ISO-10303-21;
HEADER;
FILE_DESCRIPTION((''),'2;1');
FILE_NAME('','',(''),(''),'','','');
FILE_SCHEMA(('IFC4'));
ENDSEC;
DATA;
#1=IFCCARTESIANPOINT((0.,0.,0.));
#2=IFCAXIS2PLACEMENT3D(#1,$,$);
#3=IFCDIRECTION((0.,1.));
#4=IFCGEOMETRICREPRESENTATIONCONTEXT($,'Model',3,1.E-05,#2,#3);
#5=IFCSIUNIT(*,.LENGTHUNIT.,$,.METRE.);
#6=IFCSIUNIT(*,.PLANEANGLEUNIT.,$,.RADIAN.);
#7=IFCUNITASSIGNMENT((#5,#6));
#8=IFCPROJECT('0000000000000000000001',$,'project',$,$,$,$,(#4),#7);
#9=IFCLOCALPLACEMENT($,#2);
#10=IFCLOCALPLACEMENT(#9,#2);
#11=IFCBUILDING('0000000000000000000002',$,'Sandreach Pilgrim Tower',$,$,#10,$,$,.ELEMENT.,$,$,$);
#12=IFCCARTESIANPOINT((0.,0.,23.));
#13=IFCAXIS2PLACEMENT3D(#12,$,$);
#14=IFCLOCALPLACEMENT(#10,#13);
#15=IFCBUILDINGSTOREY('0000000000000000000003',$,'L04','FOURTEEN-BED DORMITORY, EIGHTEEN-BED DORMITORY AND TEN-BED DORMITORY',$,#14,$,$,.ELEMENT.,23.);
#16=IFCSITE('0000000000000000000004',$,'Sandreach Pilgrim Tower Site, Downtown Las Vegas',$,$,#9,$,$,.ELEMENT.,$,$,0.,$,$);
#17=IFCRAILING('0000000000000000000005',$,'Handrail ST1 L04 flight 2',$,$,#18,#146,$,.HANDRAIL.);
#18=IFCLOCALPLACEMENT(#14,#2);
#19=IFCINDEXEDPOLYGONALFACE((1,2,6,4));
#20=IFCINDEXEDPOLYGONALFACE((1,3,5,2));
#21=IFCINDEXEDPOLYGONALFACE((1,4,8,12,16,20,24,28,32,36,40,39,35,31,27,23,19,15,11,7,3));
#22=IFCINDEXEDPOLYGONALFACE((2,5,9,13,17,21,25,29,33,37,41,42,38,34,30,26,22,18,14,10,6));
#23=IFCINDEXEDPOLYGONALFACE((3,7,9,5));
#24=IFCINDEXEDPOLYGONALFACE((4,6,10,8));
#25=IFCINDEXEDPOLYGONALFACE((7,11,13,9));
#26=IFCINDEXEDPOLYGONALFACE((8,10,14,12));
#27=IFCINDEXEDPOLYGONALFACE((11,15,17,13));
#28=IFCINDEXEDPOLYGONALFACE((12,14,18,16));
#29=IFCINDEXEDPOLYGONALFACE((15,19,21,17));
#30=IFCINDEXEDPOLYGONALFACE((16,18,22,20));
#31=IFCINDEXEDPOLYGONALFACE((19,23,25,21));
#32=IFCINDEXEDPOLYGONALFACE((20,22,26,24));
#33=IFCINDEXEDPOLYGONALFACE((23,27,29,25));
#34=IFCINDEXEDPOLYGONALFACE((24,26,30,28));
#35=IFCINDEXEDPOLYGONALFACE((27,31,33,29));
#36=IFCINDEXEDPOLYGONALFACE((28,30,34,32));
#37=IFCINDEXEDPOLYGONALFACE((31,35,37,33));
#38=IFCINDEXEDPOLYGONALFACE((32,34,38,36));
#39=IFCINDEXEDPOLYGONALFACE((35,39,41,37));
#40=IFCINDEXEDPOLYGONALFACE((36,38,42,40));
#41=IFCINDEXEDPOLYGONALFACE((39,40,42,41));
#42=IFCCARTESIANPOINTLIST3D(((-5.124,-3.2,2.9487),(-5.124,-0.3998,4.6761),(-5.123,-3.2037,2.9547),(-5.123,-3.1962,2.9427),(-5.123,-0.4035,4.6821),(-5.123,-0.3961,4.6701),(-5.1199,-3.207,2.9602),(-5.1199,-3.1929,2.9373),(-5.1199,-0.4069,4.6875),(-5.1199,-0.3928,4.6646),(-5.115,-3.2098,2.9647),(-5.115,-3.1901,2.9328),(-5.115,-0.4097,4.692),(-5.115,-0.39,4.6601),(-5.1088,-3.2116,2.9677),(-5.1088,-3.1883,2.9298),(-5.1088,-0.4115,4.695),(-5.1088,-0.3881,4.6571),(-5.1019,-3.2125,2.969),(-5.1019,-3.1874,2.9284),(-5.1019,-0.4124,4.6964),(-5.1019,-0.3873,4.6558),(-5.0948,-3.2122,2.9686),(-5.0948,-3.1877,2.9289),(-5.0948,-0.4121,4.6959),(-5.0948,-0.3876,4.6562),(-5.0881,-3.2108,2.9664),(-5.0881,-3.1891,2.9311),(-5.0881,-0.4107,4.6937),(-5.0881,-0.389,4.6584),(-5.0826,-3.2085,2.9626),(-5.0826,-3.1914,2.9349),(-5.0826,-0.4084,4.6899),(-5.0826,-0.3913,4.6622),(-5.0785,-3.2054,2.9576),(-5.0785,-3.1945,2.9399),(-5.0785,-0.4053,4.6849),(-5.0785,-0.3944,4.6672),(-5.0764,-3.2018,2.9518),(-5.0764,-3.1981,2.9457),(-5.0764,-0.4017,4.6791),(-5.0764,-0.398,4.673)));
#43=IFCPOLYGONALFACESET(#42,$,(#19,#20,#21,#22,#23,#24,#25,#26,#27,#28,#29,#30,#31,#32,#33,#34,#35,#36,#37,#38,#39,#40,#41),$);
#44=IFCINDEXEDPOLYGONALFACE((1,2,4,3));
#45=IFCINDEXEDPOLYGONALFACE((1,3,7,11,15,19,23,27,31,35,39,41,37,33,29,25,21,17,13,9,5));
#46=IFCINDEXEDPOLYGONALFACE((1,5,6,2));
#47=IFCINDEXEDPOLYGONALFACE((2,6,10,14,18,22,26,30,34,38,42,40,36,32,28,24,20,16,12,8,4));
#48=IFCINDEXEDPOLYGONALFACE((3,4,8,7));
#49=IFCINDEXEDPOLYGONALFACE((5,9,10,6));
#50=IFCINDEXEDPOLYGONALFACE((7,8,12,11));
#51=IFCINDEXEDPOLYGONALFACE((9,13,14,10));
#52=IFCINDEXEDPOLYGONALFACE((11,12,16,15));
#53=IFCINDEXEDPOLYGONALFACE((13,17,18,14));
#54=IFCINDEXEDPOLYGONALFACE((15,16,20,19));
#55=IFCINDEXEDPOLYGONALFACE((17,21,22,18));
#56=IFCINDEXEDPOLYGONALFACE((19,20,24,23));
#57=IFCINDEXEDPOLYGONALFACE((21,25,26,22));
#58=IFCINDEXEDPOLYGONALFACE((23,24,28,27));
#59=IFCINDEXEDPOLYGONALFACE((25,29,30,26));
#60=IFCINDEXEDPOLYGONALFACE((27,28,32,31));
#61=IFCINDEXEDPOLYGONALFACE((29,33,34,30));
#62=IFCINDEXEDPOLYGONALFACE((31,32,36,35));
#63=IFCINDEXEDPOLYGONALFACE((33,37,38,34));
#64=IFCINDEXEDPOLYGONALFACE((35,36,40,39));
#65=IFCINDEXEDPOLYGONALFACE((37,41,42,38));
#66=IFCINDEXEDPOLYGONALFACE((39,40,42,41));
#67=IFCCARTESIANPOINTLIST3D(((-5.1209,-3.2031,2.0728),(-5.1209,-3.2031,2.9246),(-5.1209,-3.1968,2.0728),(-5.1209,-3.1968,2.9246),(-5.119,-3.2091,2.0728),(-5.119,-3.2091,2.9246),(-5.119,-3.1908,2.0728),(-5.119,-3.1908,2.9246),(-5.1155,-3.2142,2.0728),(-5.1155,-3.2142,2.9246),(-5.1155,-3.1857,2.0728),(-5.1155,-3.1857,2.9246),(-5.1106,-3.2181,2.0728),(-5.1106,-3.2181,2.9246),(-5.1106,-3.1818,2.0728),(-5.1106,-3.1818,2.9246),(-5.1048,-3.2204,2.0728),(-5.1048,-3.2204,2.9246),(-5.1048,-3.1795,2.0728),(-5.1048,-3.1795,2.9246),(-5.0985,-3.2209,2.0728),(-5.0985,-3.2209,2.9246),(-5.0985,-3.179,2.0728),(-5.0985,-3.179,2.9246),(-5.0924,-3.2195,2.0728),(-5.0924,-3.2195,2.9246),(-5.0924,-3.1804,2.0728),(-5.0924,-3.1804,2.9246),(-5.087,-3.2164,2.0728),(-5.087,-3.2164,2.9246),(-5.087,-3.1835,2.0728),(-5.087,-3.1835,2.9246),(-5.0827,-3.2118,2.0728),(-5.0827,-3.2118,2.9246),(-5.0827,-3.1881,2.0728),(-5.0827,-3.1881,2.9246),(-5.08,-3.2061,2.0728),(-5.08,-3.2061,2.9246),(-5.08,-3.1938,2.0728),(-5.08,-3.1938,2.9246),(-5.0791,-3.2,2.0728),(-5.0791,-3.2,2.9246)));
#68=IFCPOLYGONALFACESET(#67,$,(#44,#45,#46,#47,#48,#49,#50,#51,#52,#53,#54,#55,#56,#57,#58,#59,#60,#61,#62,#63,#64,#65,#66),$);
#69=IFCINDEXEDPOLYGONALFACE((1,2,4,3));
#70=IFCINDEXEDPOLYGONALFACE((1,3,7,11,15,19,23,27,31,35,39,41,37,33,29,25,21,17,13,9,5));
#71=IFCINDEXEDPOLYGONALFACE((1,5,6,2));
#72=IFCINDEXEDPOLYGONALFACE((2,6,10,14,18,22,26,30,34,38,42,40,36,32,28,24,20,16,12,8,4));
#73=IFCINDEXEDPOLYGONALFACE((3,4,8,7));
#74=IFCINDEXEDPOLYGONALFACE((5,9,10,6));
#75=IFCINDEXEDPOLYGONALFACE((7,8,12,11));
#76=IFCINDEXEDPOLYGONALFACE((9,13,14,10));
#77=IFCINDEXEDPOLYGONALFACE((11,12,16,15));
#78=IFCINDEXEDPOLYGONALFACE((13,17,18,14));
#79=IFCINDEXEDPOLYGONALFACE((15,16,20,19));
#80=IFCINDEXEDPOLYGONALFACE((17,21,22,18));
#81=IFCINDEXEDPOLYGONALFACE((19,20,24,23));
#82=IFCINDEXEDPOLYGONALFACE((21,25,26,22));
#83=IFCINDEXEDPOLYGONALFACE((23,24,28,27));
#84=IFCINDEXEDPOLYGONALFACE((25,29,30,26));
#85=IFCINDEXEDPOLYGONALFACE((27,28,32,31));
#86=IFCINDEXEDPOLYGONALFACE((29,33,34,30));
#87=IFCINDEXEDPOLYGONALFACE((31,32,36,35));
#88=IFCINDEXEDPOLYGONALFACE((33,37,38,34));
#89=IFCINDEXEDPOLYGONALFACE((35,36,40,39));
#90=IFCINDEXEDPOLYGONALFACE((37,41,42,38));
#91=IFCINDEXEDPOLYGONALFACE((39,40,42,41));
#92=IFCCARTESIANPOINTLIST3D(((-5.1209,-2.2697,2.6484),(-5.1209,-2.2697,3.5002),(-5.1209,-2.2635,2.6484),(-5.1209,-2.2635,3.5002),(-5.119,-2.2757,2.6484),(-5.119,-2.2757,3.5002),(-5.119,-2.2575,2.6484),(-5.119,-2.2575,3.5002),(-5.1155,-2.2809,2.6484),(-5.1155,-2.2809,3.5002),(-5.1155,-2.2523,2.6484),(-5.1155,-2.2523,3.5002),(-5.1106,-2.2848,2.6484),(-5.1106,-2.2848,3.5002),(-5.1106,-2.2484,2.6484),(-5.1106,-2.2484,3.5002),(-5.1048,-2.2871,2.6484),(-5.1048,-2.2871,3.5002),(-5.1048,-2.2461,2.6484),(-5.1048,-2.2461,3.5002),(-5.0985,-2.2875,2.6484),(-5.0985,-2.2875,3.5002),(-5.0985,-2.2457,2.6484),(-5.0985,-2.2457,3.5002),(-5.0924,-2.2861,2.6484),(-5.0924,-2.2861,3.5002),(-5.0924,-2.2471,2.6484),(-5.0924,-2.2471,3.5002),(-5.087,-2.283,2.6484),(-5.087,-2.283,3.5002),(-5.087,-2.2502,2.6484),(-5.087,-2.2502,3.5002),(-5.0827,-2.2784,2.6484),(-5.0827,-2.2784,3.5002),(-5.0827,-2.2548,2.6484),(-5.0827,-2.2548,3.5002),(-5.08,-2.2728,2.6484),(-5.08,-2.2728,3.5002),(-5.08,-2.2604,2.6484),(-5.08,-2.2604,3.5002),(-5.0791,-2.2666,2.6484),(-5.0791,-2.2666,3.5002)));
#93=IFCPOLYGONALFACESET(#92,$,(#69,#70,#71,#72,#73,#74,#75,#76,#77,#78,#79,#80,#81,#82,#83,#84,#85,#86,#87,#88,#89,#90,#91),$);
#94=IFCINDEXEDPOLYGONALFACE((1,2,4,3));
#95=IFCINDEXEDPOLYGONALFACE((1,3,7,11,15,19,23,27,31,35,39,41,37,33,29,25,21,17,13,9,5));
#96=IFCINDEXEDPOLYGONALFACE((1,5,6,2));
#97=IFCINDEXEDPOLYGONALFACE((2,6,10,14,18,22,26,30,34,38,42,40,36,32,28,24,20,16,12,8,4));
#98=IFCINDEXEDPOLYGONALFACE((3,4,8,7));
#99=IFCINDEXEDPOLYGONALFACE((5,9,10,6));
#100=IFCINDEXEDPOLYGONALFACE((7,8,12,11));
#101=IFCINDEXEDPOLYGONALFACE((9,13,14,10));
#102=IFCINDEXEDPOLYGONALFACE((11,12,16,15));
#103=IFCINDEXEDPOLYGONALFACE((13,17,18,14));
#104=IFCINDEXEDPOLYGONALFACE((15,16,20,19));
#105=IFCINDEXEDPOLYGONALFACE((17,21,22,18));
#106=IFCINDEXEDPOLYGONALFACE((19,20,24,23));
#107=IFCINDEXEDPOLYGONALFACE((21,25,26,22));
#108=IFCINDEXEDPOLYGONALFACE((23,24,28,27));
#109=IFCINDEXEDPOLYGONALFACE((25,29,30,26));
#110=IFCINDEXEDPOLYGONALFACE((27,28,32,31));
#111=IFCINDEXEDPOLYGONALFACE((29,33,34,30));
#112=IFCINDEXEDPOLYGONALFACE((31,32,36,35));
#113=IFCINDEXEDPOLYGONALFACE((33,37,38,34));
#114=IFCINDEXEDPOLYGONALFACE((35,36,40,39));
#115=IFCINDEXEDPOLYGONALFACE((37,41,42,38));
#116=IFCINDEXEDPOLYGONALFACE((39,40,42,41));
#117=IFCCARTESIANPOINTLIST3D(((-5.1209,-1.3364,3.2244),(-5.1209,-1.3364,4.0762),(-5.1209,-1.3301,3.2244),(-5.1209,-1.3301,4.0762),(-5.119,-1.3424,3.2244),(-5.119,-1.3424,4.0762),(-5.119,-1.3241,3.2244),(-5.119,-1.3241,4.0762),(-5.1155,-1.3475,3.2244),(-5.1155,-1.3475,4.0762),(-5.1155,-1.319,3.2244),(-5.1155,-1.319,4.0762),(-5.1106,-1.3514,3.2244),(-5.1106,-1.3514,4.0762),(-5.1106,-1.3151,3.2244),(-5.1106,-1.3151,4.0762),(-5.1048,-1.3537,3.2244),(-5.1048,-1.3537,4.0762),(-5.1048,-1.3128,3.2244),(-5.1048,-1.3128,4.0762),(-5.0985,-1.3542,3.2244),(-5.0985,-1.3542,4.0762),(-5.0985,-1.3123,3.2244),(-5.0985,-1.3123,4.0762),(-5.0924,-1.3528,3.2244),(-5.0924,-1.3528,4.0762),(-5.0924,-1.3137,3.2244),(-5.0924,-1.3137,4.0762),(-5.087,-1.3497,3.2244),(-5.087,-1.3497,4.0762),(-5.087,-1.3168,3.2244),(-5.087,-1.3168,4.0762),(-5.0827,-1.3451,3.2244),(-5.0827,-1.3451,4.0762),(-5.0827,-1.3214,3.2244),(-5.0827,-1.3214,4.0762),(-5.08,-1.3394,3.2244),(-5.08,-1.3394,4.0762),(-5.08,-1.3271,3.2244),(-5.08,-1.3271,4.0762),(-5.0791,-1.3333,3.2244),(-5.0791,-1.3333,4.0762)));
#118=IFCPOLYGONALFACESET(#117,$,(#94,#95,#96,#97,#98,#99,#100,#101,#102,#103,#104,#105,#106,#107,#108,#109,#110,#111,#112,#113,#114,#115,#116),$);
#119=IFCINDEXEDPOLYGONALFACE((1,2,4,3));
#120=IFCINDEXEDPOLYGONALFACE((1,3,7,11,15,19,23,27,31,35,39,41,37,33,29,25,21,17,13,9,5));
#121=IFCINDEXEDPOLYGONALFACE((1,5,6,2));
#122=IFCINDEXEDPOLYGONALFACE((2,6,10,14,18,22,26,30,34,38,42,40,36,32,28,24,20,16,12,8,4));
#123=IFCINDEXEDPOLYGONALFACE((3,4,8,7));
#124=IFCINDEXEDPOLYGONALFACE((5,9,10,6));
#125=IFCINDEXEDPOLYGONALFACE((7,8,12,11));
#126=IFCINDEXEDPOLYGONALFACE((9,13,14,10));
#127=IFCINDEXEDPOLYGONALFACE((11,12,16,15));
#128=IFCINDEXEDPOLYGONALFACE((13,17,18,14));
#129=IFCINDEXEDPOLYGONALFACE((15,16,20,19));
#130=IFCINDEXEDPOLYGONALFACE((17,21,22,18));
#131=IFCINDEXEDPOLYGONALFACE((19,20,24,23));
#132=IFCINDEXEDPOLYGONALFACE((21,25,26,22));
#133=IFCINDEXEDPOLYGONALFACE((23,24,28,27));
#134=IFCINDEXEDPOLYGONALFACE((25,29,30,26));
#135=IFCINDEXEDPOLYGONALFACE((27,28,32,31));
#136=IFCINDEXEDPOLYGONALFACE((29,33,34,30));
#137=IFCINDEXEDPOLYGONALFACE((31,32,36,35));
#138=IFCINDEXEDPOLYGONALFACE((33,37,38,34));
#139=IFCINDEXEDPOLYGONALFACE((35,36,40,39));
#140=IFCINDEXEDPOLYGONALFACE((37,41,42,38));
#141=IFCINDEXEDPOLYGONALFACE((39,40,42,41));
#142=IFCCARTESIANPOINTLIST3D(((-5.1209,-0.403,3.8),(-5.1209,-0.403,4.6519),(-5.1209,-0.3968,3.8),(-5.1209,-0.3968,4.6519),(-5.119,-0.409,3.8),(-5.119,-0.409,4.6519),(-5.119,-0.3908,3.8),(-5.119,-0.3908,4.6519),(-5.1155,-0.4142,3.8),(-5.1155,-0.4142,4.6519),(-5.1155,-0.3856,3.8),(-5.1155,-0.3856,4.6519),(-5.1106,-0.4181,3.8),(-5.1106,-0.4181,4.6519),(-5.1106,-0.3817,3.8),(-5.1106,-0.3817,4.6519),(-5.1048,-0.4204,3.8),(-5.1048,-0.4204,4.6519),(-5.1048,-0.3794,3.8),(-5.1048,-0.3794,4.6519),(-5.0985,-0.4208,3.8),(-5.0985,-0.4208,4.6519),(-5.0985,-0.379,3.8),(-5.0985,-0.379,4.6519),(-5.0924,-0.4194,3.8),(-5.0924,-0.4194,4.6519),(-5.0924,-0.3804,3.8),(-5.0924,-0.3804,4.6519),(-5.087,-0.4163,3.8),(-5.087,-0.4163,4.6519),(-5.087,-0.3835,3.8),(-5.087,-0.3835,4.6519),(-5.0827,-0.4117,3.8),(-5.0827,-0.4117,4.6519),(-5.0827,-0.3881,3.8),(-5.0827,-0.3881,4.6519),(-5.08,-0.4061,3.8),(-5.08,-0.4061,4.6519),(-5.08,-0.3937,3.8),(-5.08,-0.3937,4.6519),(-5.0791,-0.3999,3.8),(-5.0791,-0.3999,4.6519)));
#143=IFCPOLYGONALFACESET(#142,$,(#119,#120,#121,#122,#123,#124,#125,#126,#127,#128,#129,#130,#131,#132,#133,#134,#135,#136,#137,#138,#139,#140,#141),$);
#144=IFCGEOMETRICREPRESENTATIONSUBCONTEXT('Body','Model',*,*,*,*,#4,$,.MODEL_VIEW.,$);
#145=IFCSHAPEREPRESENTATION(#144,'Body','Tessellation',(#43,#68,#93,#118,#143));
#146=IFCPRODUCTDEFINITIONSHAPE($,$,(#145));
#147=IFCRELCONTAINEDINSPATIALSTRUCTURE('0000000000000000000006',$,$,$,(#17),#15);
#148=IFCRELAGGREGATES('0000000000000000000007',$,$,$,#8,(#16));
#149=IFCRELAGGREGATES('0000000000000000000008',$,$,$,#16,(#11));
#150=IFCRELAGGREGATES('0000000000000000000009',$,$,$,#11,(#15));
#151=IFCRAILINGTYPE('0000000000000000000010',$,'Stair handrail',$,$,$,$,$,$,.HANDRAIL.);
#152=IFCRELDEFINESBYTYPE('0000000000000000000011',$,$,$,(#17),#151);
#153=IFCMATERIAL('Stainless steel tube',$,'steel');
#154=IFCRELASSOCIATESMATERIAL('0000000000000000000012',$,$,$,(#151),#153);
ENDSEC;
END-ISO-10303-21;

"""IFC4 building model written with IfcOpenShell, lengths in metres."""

from ifc_helpers import new_model, si_unit, direction, frame, origin, origin_2d, place, context, subcontext, project, spatial, circle, extrude, material, type_object, element, save


model = new_model("IFC4")

# Units and contexts
model_context = context("Model", 3, precision=1e-05, world=origin(), true_north=direction((0.0, 1.0)))
body_context = subcontext(model_context, "Body", "Model", "MODEL_VIEW")
ifc_project = project(units=[si_unit("LENGTHUNIT", "METRE"), si_unit("PLANEANGLEUNIT", "RADIAN")], contexts=[model_context])

# Site, building, storey
site_placement = place(None, origin())
site = spatial("IfcSite", under=ifc_project, at=site_placement, Name="Sandreach Pilgrim Tower Site, Downtown Las Vegas", CompositionType="ELEMENT", RefElevation=0.0)
building_placement = place(site_placement, origin())
building = spatial("IfcBuilding", under=site, at=building_placement, Name="Sandreach Pilgrim Tower", CompositionType="ELEMENT")
storey_placement = place(building_placement, frame((0.0, 0.0, 23.0)))
storey = spatial("IfcBuildingStorey", under=building, at=storey_placement, Name="L04", Description="FOURTEEN-BED DORMITORY, EIGHTEEN-BED DORMITORY AND TEN-BED DORMITORY", CompositionType="ELEMENT", Elevation=23.0)

# Railing
ifc_material_1 = material(Name="Stainless steel tube", Category="steel")
railing_type = type_object("IfcRailingType", Name="Stair handrail", PredefinedType="HANDRAIL", material=ifc_material_1)
for number, where, name in (
    (1, (-5.1001, -3.2, 2.0728), "Handrail ST1 L04 flight 2"),
):
    element("IfcRailing", number, at=place(storey_placement, frame(where)), inside=storey, type_object=railing_type, Name=name, PredefinedType="HANDRAIL", context=body_context, shape_type="SweptSolid", body=[
        extrude(circle(Radius=0.0239, at=origin_2d()), frame((0.0, 0.0, 0.876), z_axis=(0.0, 0.85109, 0.52502), x_axis=(-1.0, 0.0, 0.0)), (0.0, 0.0, 1.0), 3.29),
        extrude(circle(Radius=0.021, at=origin_2d()), origin(), (0.0, 0.0, 1.0), 0.8518),
        extrude(circle(Radius=0.021, at=origin_2d()), frame((0.0, 0.9333, 0.5757)), (0.0, 0.0, 1.0), 0.8518),
        extrude(circle(Radius=0.021, at=origin_2d()), frame((0.0, 1.8667, 1.1516)), (0.0, 0.0, 1.0), 0.8518),
        extrude(circle(Radius=0.021, at=origin_2d()), frame((0.0, 2.8, 1.7273)), (0.0, 0.0, 1.0), 0.8518),
    ])

save(model, "model.ifc")
